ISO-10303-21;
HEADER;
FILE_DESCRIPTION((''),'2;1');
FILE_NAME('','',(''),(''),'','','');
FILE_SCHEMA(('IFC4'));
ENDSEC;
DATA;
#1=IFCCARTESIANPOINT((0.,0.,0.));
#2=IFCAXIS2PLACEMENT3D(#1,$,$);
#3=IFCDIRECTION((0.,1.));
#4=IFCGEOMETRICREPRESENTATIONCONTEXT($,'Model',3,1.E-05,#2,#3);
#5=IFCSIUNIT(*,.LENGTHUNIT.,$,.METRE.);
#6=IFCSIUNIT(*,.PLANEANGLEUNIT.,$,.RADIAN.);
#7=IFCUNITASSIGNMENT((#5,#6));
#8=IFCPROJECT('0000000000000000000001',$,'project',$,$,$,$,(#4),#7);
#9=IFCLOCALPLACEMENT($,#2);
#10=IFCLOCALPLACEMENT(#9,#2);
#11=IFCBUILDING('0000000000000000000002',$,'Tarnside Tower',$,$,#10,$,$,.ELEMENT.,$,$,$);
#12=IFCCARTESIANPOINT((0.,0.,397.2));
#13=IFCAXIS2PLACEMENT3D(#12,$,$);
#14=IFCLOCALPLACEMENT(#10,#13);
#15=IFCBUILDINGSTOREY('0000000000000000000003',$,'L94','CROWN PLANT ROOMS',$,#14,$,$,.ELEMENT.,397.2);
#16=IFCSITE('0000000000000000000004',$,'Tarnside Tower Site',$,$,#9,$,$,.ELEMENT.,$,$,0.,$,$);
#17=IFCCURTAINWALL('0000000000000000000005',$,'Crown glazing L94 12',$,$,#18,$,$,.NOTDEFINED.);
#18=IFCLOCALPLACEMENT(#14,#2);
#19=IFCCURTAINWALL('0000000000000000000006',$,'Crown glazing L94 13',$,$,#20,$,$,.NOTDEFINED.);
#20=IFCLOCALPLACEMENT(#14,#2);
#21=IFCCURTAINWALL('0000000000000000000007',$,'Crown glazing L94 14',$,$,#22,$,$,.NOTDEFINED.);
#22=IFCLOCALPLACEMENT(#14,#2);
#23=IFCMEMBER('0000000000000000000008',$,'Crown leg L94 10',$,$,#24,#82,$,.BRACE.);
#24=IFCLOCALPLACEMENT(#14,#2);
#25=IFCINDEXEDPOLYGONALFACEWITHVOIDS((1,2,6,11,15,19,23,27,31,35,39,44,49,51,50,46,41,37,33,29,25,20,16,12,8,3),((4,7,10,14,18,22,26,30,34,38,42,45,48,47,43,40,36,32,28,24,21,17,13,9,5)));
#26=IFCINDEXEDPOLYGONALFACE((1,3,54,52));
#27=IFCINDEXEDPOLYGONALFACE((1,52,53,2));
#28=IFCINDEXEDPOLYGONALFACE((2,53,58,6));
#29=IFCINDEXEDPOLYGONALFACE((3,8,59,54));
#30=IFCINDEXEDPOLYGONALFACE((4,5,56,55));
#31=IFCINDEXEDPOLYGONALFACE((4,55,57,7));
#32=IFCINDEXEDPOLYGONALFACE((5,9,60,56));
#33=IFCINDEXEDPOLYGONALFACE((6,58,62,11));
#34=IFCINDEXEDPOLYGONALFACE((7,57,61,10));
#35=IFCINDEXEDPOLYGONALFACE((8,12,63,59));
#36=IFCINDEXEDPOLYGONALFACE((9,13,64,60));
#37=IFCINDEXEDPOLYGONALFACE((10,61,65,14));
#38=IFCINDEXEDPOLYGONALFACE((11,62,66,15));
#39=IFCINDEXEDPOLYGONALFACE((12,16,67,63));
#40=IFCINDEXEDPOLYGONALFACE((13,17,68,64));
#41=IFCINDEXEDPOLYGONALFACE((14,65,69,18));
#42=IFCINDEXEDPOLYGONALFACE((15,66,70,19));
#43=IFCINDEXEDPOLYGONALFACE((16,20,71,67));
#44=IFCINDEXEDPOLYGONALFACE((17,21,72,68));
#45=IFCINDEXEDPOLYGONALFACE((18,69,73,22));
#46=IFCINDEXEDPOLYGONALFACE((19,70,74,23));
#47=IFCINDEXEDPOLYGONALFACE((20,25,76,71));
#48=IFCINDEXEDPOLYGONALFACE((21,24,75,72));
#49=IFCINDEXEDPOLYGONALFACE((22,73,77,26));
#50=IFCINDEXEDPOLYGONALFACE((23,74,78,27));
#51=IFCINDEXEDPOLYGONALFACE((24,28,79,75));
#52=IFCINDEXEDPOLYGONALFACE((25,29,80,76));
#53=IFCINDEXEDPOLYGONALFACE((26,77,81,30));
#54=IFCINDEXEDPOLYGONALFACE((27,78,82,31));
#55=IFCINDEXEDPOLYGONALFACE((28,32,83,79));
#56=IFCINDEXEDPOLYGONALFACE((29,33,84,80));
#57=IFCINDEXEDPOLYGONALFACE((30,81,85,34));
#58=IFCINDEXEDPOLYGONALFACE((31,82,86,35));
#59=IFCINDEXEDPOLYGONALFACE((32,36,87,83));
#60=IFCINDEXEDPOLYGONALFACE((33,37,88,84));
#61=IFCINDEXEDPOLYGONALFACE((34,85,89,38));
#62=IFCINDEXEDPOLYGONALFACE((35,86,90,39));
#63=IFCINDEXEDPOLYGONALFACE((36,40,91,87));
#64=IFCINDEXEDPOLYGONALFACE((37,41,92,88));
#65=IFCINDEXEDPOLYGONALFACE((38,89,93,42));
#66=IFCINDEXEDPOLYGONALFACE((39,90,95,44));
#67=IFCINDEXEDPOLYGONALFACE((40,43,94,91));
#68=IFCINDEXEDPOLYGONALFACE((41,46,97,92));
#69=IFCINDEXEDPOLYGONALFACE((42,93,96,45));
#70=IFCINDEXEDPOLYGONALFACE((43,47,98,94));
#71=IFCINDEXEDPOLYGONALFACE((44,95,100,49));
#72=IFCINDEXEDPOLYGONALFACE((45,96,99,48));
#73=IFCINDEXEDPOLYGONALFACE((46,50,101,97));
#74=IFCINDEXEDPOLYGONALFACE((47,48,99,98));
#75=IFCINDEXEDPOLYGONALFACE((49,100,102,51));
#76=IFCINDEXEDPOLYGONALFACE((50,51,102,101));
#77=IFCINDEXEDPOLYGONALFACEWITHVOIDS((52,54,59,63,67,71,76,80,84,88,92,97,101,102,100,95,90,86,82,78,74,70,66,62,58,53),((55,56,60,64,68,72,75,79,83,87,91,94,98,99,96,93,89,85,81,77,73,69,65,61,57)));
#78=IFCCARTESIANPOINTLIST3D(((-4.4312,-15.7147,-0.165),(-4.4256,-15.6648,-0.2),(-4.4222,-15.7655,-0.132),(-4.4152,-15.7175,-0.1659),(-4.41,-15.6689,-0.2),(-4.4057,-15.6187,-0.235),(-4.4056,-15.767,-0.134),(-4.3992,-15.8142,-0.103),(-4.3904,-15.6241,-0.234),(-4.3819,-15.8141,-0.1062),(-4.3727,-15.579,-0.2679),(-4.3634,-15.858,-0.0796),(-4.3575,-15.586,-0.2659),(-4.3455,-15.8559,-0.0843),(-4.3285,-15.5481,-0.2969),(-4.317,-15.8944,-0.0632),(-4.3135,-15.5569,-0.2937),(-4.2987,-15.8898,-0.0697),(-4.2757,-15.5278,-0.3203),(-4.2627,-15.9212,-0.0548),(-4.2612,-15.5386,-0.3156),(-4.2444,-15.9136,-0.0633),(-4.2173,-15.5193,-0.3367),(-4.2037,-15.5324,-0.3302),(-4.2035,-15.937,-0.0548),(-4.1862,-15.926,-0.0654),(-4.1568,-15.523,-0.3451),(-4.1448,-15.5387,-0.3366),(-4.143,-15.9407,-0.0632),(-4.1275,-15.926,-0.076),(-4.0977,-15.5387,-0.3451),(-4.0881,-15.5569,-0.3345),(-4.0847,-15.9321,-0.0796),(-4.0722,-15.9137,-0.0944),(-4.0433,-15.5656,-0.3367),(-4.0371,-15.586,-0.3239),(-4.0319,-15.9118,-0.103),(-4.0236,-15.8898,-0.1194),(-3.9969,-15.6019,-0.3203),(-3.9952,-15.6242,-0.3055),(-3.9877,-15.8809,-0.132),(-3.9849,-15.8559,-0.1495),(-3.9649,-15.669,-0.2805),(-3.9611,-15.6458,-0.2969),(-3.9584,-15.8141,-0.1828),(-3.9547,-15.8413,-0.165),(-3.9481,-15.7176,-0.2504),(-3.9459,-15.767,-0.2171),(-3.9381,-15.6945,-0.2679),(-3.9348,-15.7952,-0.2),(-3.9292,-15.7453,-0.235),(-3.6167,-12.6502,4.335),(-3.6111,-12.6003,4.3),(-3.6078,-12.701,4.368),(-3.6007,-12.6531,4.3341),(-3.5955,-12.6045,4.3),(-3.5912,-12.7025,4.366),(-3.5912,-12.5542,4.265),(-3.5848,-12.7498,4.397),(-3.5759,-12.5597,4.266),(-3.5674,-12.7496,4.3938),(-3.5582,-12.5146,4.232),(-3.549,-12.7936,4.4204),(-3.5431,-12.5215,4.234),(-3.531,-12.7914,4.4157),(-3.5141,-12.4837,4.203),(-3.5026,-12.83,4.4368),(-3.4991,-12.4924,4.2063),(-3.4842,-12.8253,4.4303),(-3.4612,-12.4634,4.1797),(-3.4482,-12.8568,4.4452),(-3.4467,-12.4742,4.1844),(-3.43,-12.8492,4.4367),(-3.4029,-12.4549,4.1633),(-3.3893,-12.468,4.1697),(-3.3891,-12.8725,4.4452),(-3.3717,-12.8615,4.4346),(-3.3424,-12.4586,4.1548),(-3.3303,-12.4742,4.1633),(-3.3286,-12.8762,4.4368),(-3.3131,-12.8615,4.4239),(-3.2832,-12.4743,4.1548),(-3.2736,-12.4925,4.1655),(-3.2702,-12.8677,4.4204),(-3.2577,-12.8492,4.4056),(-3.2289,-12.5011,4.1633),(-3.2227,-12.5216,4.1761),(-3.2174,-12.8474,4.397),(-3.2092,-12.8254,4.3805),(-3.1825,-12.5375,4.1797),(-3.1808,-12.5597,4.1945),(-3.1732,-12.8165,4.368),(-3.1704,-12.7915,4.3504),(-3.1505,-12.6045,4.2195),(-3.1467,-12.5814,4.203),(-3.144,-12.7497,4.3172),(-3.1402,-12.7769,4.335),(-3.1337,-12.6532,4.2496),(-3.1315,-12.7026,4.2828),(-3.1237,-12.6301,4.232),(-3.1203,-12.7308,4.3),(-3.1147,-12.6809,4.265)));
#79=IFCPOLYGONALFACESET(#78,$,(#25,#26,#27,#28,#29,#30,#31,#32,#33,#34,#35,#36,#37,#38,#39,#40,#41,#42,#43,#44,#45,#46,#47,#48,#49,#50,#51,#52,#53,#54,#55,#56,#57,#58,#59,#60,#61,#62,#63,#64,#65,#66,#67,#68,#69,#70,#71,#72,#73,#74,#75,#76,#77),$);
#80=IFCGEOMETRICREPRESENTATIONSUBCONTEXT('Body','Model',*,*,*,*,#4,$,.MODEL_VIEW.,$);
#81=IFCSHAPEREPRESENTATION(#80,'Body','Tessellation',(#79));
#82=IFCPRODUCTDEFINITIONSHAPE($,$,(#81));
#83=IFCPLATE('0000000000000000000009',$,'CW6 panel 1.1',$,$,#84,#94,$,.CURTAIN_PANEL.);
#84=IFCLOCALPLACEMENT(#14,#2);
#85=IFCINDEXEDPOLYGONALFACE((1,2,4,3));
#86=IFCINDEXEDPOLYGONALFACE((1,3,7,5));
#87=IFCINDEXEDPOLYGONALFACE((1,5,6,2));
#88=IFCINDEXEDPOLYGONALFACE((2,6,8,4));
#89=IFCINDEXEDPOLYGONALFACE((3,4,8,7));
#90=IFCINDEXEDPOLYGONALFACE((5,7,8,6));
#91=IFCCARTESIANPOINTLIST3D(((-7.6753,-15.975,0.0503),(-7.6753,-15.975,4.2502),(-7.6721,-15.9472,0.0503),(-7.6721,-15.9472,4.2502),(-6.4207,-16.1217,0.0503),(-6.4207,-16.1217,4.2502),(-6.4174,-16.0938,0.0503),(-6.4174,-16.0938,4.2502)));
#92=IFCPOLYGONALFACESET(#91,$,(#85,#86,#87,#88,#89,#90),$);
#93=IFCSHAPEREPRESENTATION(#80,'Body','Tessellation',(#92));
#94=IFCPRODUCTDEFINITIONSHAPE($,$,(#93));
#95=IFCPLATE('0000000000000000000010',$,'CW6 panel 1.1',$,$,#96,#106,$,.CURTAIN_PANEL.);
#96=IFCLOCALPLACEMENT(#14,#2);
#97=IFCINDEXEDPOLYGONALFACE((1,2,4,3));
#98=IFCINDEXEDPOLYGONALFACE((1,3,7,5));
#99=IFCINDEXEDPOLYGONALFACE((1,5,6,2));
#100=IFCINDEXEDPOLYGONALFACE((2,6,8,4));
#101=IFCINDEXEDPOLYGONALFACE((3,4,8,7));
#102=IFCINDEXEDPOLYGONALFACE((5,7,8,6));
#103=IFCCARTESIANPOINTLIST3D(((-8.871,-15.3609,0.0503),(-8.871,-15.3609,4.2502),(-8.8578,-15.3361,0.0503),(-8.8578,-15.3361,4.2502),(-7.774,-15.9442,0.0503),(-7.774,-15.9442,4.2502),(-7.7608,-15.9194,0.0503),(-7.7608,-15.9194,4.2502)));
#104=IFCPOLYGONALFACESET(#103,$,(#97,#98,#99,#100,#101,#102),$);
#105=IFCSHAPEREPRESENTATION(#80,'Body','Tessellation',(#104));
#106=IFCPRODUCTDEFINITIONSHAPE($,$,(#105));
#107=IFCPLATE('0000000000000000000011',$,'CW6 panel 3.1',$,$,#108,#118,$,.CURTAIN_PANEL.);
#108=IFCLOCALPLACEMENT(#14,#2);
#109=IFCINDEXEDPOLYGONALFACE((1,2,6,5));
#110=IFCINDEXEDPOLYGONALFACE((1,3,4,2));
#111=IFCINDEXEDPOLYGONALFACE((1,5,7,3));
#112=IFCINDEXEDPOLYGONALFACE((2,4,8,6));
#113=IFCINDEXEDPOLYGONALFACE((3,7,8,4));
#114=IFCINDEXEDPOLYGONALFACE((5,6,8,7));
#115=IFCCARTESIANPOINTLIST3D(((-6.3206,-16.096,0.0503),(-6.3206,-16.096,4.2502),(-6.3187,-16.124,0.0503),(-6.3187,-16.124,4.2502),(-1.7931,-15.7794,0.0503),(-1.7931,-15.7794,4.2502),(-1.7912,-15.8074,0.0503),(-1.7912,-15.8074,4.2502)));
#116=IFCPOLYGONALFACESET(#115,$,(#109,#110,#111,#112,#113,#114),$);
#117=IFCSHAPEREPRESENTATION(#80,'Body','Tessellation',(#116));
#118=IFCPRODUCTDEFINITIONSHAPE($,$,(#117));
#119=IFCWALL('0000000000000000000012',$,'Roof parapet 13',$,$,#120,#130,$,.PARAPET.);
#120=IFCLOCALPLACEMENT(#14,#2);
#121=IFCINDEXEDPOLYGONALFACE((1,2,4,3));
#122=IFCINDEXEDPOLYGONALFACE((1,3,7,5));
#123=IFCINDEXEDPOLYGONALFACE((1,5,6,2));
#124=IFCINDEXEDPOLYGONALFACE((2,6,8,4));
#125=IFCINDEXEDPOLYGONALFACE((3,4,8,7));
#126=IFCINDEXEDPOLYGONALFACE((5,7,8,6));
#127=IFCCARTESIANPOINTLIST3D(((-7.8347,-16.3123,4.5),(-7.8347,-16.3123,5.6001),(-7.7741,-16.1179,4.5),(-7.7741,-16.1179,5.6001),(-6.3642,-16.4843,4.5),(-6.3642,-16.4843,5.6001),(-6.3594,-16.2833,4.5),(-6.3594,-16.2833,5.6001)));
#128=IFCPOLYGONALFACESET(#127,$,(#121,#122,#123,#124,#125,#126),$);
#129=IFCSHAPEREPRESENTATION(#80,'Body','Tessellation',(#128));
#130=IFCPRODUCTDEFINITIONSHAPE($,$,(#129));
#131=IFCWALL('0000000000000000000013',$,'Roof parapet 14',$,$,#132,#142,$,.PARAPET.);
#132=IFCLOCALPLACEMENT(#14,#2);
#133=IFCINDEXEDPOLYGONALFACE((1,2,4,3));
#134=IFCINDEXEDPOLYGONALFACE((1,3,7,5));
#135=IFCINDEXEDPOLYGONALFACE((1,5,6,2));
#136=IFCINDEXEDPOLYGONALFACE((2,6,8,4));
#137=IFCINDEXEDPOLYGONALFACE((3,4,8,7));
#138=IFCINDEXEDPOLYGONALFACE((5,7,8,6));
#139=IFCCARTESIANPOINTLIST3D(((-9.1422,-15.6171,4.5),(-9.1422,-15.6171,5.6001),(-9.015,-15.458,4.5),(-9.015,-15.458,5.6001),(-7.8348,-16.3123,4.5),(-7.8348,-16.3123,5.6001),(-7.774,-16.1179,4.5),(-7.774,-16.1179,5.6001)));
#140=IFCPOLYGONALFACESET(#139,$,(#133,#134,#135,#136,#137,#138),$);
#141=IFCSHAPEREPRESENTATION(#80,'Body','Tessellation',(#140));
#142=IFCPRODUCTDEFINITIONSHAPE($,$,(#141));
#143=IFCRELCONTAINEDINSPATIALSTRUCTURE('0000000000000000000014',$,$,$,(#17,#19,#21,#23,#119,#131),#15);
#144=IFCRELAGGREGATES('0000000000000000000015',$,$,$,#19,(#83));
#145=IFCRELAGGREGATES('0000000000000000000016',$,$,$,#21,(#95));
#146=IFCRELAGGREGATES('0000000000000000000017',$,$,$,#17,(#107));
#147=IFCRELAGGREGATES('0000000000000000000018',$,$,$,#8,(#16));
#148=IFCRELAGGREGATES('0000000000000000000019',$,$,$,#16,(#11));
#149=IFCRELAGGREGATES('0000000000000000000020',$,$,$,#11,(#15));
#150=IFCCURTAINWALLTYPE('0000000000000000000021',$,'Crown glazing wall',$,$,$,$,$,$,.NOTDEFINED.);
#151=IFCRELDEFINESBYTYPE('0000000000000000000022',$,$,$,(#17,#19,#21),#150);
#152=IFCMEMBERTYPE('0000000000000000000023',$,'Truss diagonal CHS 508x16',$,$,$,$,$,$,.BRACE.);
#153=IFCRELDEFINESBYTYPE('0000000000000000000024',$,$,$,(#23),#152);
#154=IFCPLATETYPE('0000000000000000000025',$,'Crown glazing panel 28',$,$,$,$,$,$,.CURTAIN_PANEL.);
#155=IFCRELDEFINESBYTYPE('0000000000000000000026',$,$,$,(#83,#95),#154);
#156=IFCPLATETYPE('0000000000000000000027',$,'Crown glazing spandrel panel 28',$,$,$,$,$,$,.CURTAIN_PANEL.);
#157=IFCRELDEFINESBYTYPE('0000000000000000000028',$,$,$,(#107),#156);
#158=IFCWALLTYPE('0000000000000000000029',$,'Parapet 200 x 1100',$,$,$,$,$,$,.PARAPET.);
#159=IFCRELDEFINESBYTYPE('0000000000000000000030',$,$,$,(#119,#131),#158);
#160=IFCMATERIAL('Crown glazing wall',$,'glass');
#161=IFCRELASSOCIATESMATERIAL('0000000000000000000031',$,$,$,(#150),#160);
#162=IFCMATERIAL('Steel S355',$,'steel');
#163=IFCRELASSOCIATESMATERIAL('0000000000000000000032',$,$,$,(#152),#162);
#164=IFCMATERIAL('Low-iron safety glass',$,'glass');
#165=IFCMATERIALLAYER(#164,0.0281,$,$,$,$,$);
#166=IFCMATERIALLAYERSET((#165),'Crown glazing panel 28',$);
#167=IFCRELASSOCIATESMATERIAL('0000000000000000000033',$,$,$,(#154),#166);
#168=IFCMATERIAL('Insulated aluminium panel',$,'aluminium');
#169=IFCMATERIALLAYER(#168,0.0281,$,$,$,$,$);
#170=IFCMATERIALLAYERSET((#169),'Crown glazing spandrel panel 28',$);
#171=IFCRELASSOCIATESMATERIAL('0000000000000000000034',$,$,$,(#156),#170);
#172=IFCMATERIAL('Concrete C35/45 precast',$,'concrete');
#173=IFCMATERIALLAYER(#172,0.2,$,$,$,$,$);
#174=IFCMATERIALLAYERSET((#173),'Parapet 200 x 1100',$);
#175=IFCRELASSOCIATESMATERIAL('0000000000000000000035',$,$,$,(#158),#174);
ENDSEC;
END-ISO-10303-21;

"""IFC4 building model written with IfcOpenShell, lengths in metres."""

from ifc_helpers import new_model, si_unit, direction, frame, origin, origin_2d, place, context, subcontext, project, spatial, polyline, rectangle, hollow_circle, outline, extrude, material, layer, layer_set, material_profile, profile_set, type_object, element, aggregate, save


model = new_model("IFC4")

# Units and contexts
model_context = context("Model", 3, precision=1e-05, world=origin(), true_north=direction((0.0, 1.0)))
body_context = subcontext(model_context, "Body", "Model", "MODEL_VIEW")
ifc_project = project(units=[si_unit("LENGTHUNIT", "METRE"), si_unit("PLANEANGLEUNIT", "RADIAN")], contexts=[model_context])

# Site, building, storey
site_placement = place(None, origin())
site = spatial("IfcSite", under=ifc_project, at=site_placement, Name="Tarnside Tower Site", CompositionType="ELEMENT", RefElevation=0.0)
building_placement = place(site_placement, origin())
building = spatial("IfcBuilding", under=site, at=building_placement, Name="Tarnside Tower", CompositionType="ELEMENT")
storey_placement = place(building_placement, frame((0.0, 0.0, 397.2)))
storey = spatial("IfcBuildingStorey", under=building, at=storey_placement, Name="L94", Description="CROWN PLANT ROOMS", CompositionType="ELEMENT", Elevation=397.2)

# Curtain walls
ifc_material_1 = material(Name="Crown glazing wall", Category="glass")
curtain_wall_type = type_object("IfcCurtainWallType", Name="Crown glazing wall", PredefinedType="NOTDEFINED", material=ifc_material_1)
curtain_wall_1_placement = place(storey_placement, origin())
curtain_wall_1 = element("IfcCurtainWall", 1, at=curtain_wall_1_placement, inside=storey, type_object=curtain_wall_type, Name="Crown glazing L94 12", PredefinedType="NOTDEFINED")
curtain_wall_2_placement = place(storey_placement, origin())
curtain_wall_2 = element("IfcCurtainWall", 2, at=curtain_wall_2_placement, inside=storey, type_object=curtain_wall_type, Name="Crown glazing L94 13", PredefinedType="NOTDEFINED")
curtain_wall_3_placement = place(storey_placement, origin())
curtain_wall_3 = element("IfcCurtainWall", 3, at=curtain_wall_3_placement, inside=storey, type_object=curtain_wall_type, Name="Crown glazing L94 14", PredefinedType="NOTDEFINED")

# Member
ifc_material_2 = material(Name="Steel S355", Category="steel")
ifc_material_profile_1 = material_profile(ifc_material_2, hollow_circle(Radius=0.2539, WallThickness=0.0161, at=origin_2d()), Name="CHS 508x16")
ifc_profile_set_1 = profile_set([ifc_material_profile_1], Name="Steel S355")
member_type_1 = type_object("IfcMemberType", Name="Truss diagonal CHS 508x16", PredefinedType="BRACE", material=ifc_profile_set_1)
member_1_placement = place(storey_placement, frame((-4.1802, -15.73, -0.2), z_axis=(0.14795, 0.556675, 0.81745), x_axis=(-0.966449, 0.256857, 0.0)))
element("IfcMember", 4, at=member_1_placement, inside=storey, type_object=member_type_1, Name="Crown leg L94 10", PredefinedType="BRACE", context=body_context, shape_type="SweptSolid", body=[
    extrude(hollow_circle(Radius=0.2539, WallThickness=0.0161, at=origin_2d()), origin(), (0.0, 0.0, 1.0), 5.5049),
])

# Plates
ifc_material_3 = material(Name="Low-iron safety glass", Category="glass")
ifc_layer_1 = layer(ifc_material_3, 0.0281)
ifc_layer_set_1 = layer_set([ifc_layer_1], Name="Crown glazing panel 28")
plate_type_1 = type_object("IfcPlateType", Name="Crown glazing panel 28", PredefinedType="CURTAIN_PANEL", material=ifc_layer_set_1)
plate_1_placement = place(storey_placement, frame((-7.0464, -16.0344, 0.0503), z_axis=(0.0, 0.0, 1.0), x_axis=(-0.993238, 0.116093, 0.0)))
plate_1 = element("IfcPlate", 5, at=plate_1_placement, type_object=plate_type_1, Name="CW6 panel 1.1", PredefinedType="CURTAIN_PANEL", context=body_context, shape_type="SweptSolid", body=[
    extrude(rectangle(XDim=1.2632, YDim=0.0281, at=origin_2d()), origin(), (0.0, 0.0, 1.0), 4.2),
])
aggregate(curtain_wall_2, [plate_1])
plate_2_placement = place(storey_placement, frame((-8.3159, -15.6401, 0.0503), z_axis=(0.0, 0.0, 1.0), x_axis=(-0.882948, 0.469472, 0.0)))
plate_2 = element("IfcPlate", 6, at=plate_2_placement, type_object=plate_type_1, Name="CW6 panel 1.1", PredefinedType="CURTAIN_PANEL", context=body_context, shape_type="SweptSolid", body=[
    extrude(rectangle(XDim=1.2424, YDim=0.0281, at=origin_2d()), origin(), (0.0, 0.0, 1.0), 4.2),
])
aggregate(curtain_wall_3, [plate_2])
ifc_material_4 = material(Name="Insulated aluminium panel", Category="aluminium")
ifc_layer_2 = layer(ifc_material_4, 0.0281)
ifc_layer_set_2 = layer_set([ifc_layer_2], Name="Crown glazing spandrel panel 28")
plate_type_2 = type_object("IfcPlateType", Name="Crown glazing spandrel panel 28", PredefinedType="CURTAIN_PANEL", material=ifc_layer_set_2)
plate_3_placement = place(storey_placement, frame((-4.0559, -15.9517, 0.0503), z_axis=(0.0, 0.0, 1.0), x_axis=(-0.997564, -0.069756, 0.0)))
plate_3 = element("IfcPlate", 7, at=plate_3_placement, type_object=plate_type_2, Name="CW6 panel 3.1", PredefinedType="CURTAIN_PANEL", context=body_context, shape_type="SweptSolid", body=[
    extrude(rectangle(XDim=4.5386, YDim=0.0281, at=origin_2d()), origin(), (0.0, 0.0, 1.0), 4.2),
])
aggregate(curtain_wall_1, [plate_3])

# Walls
ifc_material_5 = material(Name="Concrete C35/45 precast", Category="concrete")
ifc_layer_3 = layer(ifc_material_5, 0.2)
ifc_layer_set_3 = layer_set([ifc_layer_3], Name="Parapet 200 x 1100")
wall_type = type_object("IfcWallType", Name="Parapet 200 x 1100", PredefinedType="PARAPET", material=ifc_layer_set_3)
wall_1_placement = place(storey_placement, frame((-6.3618, -16.3838, 4.5), z_axis=(0.0, 0.0, 1.0), x_axis=(-0.993232, 0.116149, 0.0)))
element("IfcWall", 8, at=wall_1_placement, inside=storey, type_object=wall_type, Name="Roof parapet 13", PredefinedType="PARAPET", context=body_context, shape_type="SweptSolid", body=[
    extrude(outline(polyline([(0.0093, -0.1001), (1.4336, -0.1001), (1.4712, 0.1001), (-0.0093, 0.1001), (0.0093, -0.1001)])), origin(), (0.0, 0.0, 1.0), 1.1001),
])
wall_2_placement = place(storey_placement, frame((-7.8044, -16.2151, 4.5), z_axis=(0.0, 0.0, 1.0), x_axis=(-0.882947, 0.469473, 0.0)))
element("IfcWall", 9, at=wall_2_placement, inside=storey, type_object=wall_type, Name="Roof parapet 14", PredefinedType="PARAPET", context=body_context, shape_type="SweptSolid", body=[
    extrude(outline(polyline([(0.0188, -0.1001), (1.4243, -0.1001), (1.4619, 0.1001), (-0.0188, 0.1001), (0.0188, -0.1001)])), origin(), (0.0, 0.0, 1.0), 1.1001),
])

save(model, "model.ifc")
